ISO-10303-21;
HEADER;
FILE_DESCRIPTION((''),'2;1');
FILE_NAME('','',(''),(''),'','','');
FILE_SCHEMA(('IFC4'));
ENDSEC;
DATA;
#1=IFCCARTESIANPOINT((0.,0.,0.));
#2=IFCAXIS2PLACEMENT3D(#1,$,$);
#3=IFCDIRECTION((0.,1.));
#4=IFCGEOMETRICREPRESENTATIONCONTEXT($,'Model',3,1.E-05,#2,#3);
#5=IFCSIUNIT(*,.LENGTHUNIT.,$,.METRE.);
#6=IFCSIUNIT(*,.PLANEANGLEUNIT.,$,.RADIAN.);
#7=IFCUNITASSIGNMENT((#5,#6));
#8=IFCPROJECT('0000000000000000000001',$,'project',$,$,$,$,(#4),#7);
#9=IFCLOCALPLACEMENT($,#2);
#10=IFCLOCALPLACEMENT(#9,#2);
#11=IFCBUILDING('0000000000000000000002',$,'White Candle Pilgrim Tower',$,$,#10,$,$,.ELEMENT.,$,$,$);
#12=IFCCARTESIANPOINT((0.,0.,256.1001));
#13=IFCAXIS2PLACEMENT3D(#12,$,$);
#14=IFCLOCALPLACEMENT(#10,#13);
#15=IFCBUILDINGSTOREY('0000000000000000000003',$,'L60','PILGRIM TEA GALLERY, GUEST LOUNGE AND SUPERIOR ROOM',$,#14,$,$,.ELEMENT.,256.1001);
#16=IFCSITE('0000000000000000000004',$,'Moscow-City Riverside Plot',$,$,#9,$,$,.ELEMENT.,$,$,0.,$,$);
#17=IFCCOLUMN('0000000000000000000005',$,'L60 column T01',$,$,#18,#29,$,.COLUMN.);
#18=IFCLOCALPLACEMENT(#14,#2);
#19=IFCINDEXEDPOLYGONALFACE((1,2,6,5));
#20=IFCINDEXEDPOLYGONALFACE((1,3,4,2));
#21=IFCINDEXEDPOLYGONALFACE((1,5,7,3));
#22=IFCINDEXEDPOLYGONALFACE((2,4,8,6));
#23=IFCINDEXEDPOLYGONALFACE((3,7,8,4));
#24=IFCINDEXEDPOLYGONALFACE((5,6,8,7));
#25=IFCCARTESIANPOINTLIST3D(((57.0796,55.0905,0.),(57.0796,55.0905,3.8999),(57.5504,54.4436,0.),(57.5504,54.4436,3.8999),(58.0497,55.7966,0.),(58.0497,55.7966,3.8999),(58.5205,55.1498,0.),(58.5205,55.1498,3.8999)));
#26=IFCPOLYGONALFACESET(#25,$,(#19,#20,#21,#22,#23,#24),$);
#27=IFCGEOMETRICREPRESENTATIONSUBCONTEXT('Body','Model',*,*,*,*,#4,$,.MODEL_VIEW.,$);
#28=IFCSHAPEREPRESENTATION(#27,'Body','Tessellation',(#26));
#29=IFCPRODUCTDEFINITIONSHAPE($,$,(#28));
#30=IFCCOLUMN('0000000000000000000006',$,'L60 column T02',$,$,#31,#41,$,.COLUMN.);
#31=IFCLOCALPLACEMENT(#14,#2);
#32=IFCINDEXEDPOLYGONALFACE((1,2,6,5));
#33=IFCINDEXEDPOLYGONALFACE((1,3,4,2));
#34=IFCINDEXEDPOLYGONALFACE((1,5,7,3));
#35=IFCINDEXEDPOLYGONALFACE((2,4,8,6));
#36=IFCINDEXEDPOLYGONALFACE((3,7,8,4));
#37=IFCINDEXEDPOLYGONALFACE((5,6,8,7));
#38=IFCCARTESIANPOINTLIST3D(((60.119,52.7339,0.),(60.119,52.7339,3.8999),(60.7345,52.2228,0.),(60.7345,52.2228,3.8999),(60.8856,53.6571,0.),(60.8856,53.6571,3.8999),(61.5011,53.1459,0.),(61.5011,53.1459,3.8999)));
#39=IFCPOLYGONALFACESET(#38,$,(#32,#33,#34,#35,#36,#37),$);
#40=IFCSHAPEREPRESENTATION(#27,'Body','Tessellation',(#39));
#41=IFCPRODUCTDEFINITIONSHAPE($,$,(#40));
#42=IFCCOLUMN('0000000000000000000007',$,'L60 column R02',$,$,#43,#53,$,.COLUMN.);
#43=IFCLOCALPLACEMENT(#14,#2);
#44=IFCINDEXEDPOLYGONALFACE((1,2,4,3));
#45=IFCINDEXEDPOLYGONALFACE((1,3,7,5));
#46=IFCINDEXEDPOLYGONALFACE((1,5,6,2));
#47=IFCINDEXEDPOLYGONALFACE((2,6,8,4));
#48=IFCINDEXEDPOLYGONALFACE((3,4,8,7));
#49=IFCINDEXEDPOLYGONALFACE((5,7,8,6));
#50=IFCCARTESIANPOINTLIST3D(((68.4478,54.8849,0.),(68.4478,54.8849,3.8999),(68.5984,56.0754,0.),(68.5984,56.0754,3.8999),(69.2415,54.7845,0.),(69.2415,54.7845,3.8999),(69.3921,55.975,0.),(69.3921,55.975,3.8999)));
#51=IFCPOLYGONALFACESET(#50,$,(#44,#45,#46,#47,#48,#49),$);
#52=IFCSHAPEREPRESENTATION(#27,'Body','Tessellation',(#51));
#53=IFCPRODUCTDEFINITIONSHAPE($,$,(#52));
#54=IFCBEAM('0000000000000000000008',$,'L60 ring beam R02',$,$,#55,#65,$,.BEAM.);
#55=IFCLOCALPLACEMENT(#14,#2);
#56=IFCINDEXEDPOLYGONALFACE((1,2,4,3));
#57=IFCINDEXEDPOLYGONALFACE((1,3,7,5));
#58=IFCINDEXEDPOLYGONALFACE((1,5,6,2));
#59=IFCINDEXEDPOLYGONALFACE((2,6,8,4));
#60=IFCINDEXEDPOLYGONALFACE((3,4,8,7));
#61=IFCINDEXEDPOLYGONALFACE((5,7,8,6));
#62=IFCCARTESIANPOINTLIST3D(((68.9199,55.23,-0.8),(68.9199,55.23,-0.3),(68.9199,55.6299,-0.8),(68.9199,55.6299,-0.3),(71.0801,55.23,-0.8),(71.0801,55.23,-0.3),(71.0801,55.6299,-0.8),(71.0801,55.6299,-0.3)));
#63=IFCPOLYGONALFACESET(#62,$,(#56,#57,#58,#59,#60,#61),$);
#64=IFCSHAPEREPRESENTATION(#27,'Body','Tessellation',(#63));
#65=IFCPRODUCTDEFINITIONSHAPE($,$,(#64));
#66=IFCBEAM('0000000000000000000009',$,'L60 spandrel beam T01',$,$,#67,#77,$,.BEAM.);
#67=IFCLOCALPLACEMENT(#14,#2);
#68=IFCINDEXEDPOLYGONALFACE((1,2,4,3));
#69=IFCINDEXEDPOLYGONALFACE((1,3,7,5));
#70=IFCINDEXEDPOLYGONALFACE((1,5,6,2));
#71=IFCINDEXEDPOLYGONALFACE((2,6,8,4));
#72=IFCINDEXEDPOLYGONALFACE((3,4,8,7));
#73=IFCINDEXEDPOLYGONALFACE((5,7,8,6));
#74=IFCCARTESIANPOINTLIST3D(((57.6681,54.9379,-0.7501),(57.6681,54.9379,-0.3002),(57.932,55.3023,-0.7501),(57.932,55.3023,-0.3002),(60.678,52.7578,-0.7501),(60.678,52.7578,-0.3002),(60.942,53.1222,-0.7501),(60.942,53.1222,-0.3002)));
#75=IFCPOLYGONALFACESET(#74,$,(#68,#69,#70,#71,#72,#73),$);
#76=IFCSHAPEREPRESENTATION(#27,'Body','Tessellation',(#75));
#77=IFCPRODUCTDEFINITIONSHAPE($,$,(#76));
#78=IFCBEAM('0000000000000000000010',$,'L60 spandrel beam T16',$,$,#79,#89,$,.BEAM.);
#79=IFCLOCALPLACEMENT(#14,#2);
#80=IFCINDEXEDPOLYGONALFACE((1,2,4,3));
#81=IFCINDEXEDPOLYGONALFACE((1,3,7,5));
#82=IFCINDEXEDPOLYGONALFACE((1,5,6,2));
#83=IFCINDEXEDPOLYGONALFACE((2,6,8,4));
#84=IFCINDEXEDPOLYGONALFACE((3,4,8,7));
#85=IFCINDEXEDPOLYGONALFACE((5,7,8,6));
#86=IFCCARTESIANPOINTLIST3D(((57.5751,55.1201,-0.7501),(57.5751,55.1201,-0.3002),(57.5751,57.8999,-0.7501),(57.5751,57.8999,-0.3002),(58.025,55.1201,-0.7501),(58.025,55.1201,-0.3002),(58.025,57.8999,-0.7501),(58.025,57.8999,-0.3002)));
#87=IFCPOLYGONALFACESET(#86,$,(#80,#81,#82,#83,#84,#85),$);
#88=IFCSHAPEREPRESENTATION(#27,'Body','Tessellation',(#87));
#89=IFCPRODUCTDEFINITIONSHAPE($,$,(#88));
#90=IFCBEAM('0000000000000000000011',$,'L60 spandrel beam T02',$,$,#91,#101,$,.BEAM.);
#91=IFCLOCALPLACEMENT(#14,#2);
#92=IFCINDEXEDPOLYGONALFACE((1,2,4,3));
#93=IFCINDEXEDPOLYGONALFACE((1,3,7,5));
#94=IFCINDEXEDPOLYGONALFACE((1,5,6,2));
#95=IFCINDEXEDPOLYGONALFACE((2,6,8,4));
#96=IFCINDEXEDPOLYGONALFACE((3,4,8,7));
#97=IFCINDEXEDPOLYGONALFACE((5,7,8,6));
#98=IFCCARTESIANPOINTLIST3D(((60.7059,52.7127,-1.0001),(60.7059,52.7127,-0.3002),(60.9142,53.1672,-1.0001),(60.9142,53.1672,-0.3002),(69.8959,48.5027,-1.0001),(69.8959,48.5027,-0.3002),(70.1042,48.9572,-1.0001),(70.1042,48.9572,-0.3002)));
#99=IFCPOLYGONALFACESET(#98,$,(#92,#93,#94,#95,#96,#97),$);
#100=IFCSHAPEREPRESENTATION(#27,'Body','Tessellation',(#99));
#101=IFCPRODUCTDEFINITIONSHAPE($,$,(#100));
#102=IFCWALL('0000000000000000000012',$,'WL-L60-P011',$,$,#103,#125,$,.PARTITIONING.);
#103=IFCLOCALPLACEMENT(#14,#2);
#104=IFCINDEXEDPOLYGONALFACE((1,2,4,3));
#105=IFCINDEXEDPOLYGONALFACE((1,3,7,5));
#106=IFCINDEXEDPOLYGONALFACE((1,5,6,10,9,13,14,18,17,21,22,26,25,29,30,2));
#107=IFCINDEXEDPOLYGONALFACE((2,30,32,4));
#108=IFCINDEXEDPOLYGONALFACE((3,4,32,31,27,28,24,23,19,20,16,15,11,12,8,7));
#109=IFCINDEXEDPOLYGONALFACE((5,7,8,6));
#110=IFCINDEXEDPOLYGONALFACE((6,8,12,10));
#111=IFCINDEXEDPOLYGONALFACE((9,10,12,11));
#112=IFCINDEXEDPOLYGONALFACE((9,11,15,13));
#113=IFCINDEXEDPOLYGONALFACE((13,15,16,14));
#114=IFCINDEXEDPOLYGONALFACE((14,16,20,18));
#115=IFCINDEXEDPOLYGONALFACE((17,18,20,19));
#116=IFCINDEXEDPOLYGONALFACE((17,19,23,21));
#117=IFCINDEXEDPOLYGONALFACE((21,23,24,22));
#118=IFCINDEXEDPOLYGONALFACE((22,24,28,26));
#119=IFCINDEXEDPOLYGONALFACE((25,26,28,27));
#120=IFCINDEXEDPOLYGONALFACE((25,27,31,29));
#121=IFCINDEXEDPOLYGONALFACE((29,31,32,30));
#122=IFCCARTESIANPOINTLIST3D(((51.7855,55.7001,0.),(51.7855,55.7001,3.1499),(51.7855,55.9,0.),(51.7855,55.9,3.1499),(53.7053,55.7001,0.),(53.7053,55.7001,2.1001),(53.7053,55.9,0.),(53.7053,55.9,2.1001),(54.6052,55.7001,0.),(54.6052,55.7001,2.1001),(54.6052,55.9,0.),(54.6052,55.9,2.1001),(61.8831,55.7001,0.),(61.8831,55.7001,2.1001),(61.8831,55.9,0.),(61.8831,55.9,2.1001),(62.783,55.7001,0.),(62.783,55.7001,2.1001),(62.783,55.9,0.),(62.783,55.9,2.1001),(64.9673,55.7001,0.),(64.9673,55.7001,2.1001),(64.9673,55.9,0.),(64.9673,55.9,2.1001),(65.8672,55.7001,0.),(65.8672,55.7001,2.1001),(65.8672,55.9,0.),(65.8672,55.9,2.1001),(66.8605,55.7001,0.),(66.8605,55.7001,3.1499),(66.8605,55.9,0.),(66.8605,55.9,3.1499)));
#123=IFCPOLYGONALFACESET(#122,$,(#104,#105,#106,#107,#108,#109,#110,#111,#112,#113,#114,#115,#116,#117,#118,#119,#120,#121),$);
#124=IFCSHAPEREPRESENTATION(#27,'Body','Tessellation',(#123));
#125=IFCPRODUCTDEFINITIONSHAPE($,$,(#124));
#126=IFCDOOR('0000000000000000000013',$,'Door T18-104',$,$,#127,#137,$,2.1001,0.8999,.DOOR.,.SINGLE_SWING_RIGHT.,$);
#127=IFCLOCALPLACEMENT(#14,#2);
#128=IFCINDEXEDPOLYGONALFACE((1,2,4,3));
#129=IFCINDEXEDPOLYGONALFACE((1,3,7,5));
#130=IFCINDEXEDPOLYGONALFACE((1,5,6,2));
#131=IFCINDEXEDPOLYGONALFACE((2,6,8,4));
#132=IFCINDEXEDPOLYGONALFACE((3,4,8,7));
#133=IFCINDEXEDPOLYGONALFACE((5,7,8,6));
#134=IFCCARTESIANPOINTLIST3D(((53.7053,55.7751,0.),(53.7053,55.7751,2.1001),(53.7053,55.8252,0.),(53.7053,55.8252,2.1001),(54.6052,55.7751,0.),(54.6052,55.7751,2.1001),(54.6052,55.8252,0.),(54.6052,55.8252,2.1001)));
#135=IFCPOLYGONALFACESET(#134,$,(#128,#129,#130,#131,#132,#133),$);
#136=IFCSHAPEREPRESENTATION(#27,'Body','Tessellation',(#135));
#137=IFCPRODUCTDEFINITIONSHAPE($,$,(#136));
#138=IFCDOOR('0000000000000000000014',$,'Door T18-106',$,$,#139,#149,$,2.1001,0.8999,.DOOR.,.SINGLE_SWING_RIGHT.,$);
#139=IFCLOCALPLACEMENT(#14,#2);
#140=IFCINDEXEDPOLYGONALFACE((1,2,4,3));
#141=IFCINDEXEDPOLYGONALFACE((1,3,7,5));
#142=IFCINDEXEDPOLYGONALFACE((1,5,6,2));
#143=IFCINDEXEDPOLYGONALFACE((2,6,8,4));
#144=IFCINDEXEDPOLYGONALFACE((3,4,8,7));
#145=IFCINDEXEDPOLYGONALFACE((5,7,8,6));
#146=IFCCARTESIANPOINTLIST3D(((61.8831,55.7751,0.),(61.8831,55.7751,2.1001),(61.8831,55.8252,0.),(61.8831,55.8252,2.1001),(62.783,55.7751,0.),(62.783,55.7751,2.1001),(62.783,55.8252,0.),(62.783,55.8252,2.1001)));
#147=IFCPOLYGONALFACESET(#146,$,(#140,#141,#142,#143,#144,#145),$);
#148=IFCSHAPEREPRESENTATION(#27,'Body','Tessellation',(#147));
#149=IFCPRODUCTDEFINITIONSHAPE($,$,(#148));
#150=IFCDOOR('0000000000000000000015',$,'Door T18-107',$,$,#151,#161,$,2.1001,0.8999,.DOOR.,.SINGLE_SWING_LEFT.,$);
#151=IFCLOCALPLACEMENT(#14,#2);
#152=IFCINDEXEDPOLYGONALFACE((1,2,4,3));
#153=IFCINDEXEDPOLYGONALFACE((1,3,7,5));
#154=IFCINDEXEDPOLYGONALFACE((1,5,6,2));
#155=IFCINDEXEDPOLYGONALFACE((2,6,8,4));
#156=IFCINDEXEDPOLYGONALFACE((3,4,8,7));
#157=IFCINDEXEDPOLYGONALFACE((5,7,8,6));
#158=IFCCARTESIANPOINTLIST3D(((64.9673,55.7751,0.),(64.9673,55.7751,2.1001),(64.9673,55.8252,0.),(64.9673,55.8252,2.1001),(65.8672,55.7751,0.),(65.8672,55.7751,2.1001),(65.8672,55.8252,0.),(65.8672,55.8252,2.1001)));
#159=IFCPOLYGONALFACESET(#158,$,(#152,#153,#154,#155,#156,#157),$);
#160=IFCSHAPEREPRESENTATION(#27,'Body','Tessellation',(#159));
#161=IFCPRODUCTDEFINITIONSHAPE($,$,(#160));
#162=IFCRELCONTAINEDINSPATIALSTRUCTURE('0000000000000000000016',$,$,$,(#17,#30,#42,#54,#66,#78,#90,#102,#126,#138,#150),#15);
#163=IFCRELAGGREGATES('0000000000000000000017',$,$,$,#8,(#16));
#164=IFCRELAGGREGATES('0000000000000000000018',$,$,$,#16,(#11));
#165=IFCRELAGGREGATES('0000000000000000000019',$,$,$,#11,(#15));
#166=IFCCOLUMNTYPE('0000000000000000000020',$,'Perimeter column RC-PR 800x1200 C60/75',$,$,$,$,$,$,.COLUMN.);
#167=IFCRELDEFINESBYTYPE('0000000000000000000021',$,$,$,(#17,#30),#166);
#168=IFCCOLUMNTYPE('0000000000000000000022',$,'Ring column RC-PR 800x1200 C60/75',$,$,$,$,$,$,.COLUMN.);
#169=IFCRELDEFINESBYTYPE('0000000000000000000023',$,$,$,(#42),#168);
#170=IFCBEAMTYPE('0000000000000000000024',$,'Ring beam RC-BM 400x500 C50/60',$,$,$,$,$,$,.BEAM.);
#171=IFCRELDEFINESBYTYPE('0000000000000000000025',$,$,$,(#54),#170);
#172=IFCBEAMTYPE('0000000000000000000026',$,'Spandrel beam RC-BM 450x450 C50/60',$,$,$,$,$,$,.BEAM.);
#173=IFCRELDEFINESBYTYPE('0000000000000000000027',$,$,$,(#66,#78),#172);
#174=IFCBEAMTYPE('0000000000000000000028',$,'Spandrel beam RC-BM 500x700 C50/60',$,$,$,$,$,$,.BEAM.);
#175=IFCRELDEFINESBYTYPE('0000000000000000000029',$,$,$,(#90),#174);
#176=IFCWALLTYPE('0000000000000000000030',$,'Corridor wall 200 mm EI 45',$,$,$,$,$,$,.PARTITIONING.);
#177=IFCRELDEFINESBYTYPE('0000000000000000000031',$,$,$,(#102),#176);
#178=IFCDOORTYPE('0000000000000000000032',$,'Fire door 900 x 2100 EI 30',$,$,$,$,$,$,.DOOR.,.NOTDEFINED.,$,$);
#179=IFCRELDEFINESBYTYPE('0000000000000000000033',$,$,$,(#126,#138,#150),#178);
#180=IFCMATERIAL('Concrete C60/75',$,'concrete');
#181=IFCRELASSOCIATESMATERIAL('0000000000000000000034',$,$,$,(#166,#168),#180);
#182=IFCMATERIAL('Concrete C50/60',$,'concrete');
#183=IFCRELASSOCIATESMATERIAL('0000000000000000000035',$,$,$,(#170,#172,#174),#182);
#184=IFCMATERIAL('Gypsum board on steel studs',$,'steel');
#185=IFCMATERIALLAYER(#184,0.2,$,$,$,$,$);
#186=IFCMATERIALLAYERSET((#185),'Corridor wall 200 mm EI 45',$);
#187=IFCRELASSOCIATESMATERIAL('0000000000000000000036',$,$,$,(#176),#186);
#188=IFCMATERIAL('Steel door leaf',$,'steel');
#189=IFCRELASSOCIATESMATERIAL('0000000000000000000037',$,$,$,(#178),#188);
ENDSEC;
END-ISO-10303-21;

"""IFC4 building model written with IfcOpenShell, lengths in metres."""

from ifc_helpers import new_model, si_unit, direction, frame, frame_2d, origin, origin_2d, place, context, subcontext, project, spatial, rectangle, extrude, material, layer, layer_set, material_profile, profile_set, type_object, element, fill, save


model = new_model("IFC4")

# Units and contexts
model_context = context("Model", 3, precision=1e-05, world=origin(), true_north=direction((0.0, 1.0)))
body_context = subcontext(model_context, "Body", "Model", "MODEL_VIEW")
ifc_project = project(units=[si_unit("LENGTHUNIT", "METRE"), si_unit("PLANEANGLEUNIT", "RADIAN")], contexts=[model_context])

# Site, building, storey
site_placement = place(None, origin())
site = spatial("IfcSite", under=ifc_project, at=site_placement, Name="Moscow-City Riverside Plot", CompositionType="ELEMENT", RefElevation=0.0)
building_placement = place(site_placement, origin())
building = spatial("IfcBuilding", under=site, at=building_placement, Name="White Candle Pilgrim Tower", CompositionType="ELEMENT")
storey_placement = place(building_placement, frame((0.0, 0.0, 256.1001)))
storey = spatial("IfcBuildingStorey", under=building, at=storey_placement, Name="L60", Description="PILGRIM TEA GALLERY, GUEST LOUNGE AND SUPERIOR ROOM", CompositionType="ELEMENT", Elevation=256.1001)

# Columns
ifc_material_1 = material(Name="Concrete C60/75", Category="concrete")
ifc_material_profile_1 = material_profile(ifc_material_1, rectangle(XDim=0.8, YDim=1.2, at=origin_2d()), Name="RC-PR 800x1200")
ifc_profile_set_1 = profile_set([ifc_material_profile_1], Name="Concrete C60/75")
column_type_1 = type_object("IfcColumnType", Name="Perimeter column RC-PR 800x1200 C60/75", PredefinedType="COLUMN", material=ifc_profile_set_1)
for number, where, z_axis, x_axis, name in (
    (1, (57.8, 55.1201, 0.0), (0.0, 0.0, 1.0), (-0.588463, 0.808524, 0.0), "L60 column T01"),
    (2, (60.8101, 52.9399, 0.0), (0.0, 0.0, 1.0), (-0.76931, 0.638875, 0.0), "L60 column T02"),
):
    element("IfcColumn", number, at=place(storey_placement, frame(where, z_axis=z_axis, x_axis=x_axis)), inside=storey, type_object=column_type_1, Name=name, PredefinedType="COLUMN", context=body_context, shape_type="SweptSolid", body=[
        extrude(rectangle(XDim=0.8, YDim=1.2, at=origin_2d()), origin(), (0.0, 0.0, 1.0), 3.8999),
    ])
ifc_material_profile_2 = material_profile(ifc_material_1, rectangle(XDim=0.8, YDim=1.2, at=origin_2d()), Name="RC-PR 800x1200")
ifc_profile_set_2 = profile_set([ifc_material_profile_2], Name="Concrete C60/75")
column_type_2 = type_object("IfcColumnType", Name="Ring column RC-PR 800x1200 C60/75", PredefinedType="COLUMN", material=ifc_profile_set_2)
column_placement = place(storey_placement, frame((68.9199, 55.4299, 0.0), z_axis=(0.0, 0.0, 1.0), x_axis=(-0.992093, 0.125506, 0.0)))
element("IfcColumn", 3, at=column_placement, inside=storey, type_object=column_type_2, Name="L60 column R02", PredefinedType="COLUMN", context=body_context, shape_type="SweptSolid", body=[
    extrude(rectangle(XDim=0.8, YDim=1.2, at=origin_2d()), origin(), (0.0, 0.0, 1.0), 3.8999),
])

# Beams
ifc_material_2 = material(Name="Concrete C50/60", Category="concrete")
ifc_material_profile_3 = material_profile(ifc_material_2, rectangle(XDim=0.3999, YDim=0.5, at=origin_2d()), Name="RC-BM 400x500")
ifc_profile_set_3 = profile_set([ifc_material_profile_3], Name="Concrete C50/60")
beam_type_1 = type_object("IfcBeamType", Name="Ring beam RC-BM 400x500 C50/60", PredefinedType="BEAM", material=ifc_profile_set_3)
beam_1_placement = place(storey_placement, frame((68.9199, 55.4299, -0.55), z_axis=(1.0, 0.0, 0.0), x_axis=(0.0, 1.0, 0.0)))
element("IfcBeam", 4, at=beam_1_placement, inside=storey, type_object=beam_type_1, Name="L60 ring beam R02", PredefinedType="BEAM", context=body_context, shape_type="SweptSolid", body=[
    extrude(rectangle(XDim=0.3999, YDim=0.5, at=origin_2d()), origin(), (0.0, 0.0, 1.0), 2.1602),
])
ifc_material_profile_4 = material_profile(ifc_material_2, rectangle(XDim=0.45, YDim=0.45, at=origin_2d()), Name="RC-BM 450x450")
ifc_profile_set_4 = profile_set([ifc_material_profile_4], Name="Concrete C50/60")
beam_type_2 = type_object("IfcBeamType", Name="Spandrel beam RC-BM 450x450 C50/60", PredefinedType="BEAM", material=ifc_profile_set_4)
beam_2_placement = place(storey_placement, frame((57.8, 55.1201, -0.5251), z_axis=(0.809876, -0.5866, 0.0), x_axis=(0.5866, 0.809876, 0.0)))
element("IfcBeam", 5, at=beam_2_placement, inside=storey, type_object=beam_type_2, Name="L60 spandrel beam T01", PredefinedType="BEAM", context=body_context, shape_type="SweptSolid", body=[
    extrude(rectangle(XDim=0.45, YDim=0.45, at=origin_2d()), origin(), (0.0, 0.0, 1.0), 3.7166),
])
beam_3_placement = place(storey_placement, frame((57.8, 55.1201, -0.5251), z_axis=(0.0, 1.0, 0.0), x_axis=(-1.0, 0.0, 0.0)))
element("IfcBeam", 6, at=beam_3_placement, inside=storey, type_object=beam_type_2, Name="L60 spandrel beam T16", PredefinedType="BEAM", context=body_context, shape_type="SweptSolid", body=[
    extrude(rectangle(XDim=0.45, YDim=0.45, at=origin_2d()), origin(), (0.0, 0.0, 1.0), 2.7798),
])
ifc_material_profile_5 = material_profile(ifc_material_2, rectangle(XDim=0.5, YDim=0.7, at=origin_2d()), Name="RC-BM 500x700")
ifc_profile_set_5 = profile_set([ifc_material_profile_5], Name="Concrete C50/60")
beam_type_3 = type_object("IfcBeamType", Name="Spandrel beam RC-BM 500x700 C50/60", PredefinedType="BEAM", material=ifc_profile_set_5)
beam_4_placement = place(storey_placement, frame((60.8101, 52.9399, -0.6501), z_axis=(0.909143, -0.416483, 0.0), x_axis=(0.416483, 0.909143, 0.0)))
element("IfcBeam", 7, at=beam_4_placement, inside=storey, type_object=beam_type_3, Name="L60 spandrel beam T02", PredefinedType="BEAM", context=body_context, shape_type="SweptSolid", body=[
    extrude(rectangle(XDim=0.5, YDim=0.7, at=origin_2d()), origin(), (0.0, 0.0, 1.0), 10.1084),
])

# Wall, openings, doors
ifc_material_3 = material(Name="Gypsum board on steel studs", Category="steel")
ifc_layer_1 = layer(ifc_material_3, 0.2)
ifc_layer_set_1 = layer_set([ifc_layer_1], Name="Corridor wall 200 mm EI 45")
wall_type_1 = type_object("IfcWallType", Name="Corridor wall 200 mm EI 45", PredefinedType="PARTITIONING", material=ifc_layer_set_1)
wall_1_placement = place(storey_placement, frame((66.8606, 55.8, 0.0), z_axis=(0.0, 0.0, 1.0), x_axis=(-1.0, 0.0, 0.0)))
wall_1 = element("IfcWall", 8, at=wall_1_placement, inside=storey, type_object=wall_type_1, Name="WL-L60-P011", PredefinedType="PARTITIONING", context=body_context, shape_type="SweptSolid", body=[
    extrude(rectangle(XDim=15.075, YDim=0.2, at=frame_2d((7.5376, 0.0))), origin(), (0.0, 0.0, 1.0), 3.1499),
])
opening_1_placement = place(wall_1_placement, frame((12.2554, 0.0, 0.0)))
opening_1 = element("IfcOpeningElement", 9, at=opening_1_placement, cuts=wall_1, PredefinedType="OPENING", context=body_context, shape_type="SweptSolid", body=[
    extrude(rectangle(XDim=0.8999, YDim=2.1001, at=frame_2d((0.45, 1.05))), frame((0.0, 0.1099, 0.0), z_axis=(0.0, -1.0, 0.0), x_axis=(1.0, 0.0, 0.0)), (0.0, 0.0, 1.0), 0.22),
])
opening_2_placement = place(wall_1_placement, frame((4.0776, 0.0, 0.0)))
opening_2 = element("IfcOpeningElement", 10, at=opening_2_placement, cuts=wall_1, PredefinedType="OPENING", context=body_context, shape_type="SweptSolid", body=[
    extrude(rectangle(XDim=0.8999, YDim=2.1001, at=frame_2d((0.45, 1.05))), frame((0.0, 0.1099, 0.0), z_axis=(0.0, -1.0, 0.0), x_axis=(1.0, 0.0, 0.0)), (0.0, 0.0, 1.0), 0.22),
])
opening_3_placement = place(wall_1_placement, frame((0.9934, 0.0, 0.0)))
opening_3 = element("IfcOpeningElement", 11, at=opening_3_placement, cuts=wall_1, PredefinedType="OPENING", context=body_context, shape_type="SweptSolid", body=[
    extrude(rectangle(XDim=0.8999, YDim=2.1001, at=frame_2d((0.45, 1.05))), frame((0.0, 0.1099, 0.0), z_axis=(0.0, -1.0, 0.0), x_axis=(1.0, 0.0, 0.0)), (0.0, 0.0, 1.0), 0.22),
])
ifc_material_4 = material(Name="Steel door leaf", Category="steel")
door_type_1 = type_object("IfcDoorType", Name="Fire door 900 x 2100 EI 30", OperationType="NOTDEFINED", PredefinedType="DOOR", material=ifc_material_4)
door_1_placement = place(opening_1_placement, origin())
door_1 = element("IfcDoor", 12, at=door_1_placement, inside=storey, type_object=door_type_1, Name="Door T18-104", OperationType="SINGLE_SWING_RIGHT", OverallHeight=2.1001, OverallWidth=0.8999, PredefinedType="DOOR", context=body_context, shape_type="SweptSolid", body=[
    extrude(rectangle(XDim=0.8999, YDim=2.1001, at=frame_2d((0.45, 1.05))), frame((0.0, 0.0249, 0.0), z_axis=(0.0, -1.0, 0.0), x_axis=(1.0, 0.0, 0.0)), (0.0, 0.0, 1.0), 0.05),
])
fill(opening_1, door_1)
door_2_placement = place(opening_2_placement, origin())
door_2 = element("IfcDoor", 13, at=door_2_placement, inside=storey, type_object=door_type_1, Name="Door T18-106", OperationType="SINGLE_SWING_RIGHT", OverallHeight=2.1001, OverallWidth=0.8999, PredefinedType="DOOR", context=body_context, shape_type="SweptSolid", body=[
    extrude(rectangle(XDim=0.8999, YDim=2.1001, at=frame_2d((0.45, 1.05))), frame((0.0, 0.0249, 0.0), z_axis=(0.0, -1.0, 0.0), x_axis=(1.0, 0.0, 0.0)), (0.0, 0.0, 1.0), 0.05),
])
fill(opening_2, door_2)
door_3_placement = place(opening_3_placement, origin())
door_3 = element("IfcDoor", 14, at=door_3_placement, inside=storey, type_object=door_type_1, Name="Door T18-107", OperationType="SINGLE_SWING_LEFT", OverallHeight=2.1001, OverallWidth=0.8999, PredefinedType="DOOR", context=body_context, shape_type="SweptSolid", body=[
    extrude(rectangle(XDim=0.8999, YDim=2.1001, at=frame_2d((0.45, 1.05))), frame((0.0, 0.0249, 0.0), z_axis=(0.0, -1.0, 0.0), x_axis=(1.0, 0.0, 0.0)), (0.0, 0.0, 1.0), 0.05),
])
fill(opening_3, door_3)

save(model, "model.ifc")
